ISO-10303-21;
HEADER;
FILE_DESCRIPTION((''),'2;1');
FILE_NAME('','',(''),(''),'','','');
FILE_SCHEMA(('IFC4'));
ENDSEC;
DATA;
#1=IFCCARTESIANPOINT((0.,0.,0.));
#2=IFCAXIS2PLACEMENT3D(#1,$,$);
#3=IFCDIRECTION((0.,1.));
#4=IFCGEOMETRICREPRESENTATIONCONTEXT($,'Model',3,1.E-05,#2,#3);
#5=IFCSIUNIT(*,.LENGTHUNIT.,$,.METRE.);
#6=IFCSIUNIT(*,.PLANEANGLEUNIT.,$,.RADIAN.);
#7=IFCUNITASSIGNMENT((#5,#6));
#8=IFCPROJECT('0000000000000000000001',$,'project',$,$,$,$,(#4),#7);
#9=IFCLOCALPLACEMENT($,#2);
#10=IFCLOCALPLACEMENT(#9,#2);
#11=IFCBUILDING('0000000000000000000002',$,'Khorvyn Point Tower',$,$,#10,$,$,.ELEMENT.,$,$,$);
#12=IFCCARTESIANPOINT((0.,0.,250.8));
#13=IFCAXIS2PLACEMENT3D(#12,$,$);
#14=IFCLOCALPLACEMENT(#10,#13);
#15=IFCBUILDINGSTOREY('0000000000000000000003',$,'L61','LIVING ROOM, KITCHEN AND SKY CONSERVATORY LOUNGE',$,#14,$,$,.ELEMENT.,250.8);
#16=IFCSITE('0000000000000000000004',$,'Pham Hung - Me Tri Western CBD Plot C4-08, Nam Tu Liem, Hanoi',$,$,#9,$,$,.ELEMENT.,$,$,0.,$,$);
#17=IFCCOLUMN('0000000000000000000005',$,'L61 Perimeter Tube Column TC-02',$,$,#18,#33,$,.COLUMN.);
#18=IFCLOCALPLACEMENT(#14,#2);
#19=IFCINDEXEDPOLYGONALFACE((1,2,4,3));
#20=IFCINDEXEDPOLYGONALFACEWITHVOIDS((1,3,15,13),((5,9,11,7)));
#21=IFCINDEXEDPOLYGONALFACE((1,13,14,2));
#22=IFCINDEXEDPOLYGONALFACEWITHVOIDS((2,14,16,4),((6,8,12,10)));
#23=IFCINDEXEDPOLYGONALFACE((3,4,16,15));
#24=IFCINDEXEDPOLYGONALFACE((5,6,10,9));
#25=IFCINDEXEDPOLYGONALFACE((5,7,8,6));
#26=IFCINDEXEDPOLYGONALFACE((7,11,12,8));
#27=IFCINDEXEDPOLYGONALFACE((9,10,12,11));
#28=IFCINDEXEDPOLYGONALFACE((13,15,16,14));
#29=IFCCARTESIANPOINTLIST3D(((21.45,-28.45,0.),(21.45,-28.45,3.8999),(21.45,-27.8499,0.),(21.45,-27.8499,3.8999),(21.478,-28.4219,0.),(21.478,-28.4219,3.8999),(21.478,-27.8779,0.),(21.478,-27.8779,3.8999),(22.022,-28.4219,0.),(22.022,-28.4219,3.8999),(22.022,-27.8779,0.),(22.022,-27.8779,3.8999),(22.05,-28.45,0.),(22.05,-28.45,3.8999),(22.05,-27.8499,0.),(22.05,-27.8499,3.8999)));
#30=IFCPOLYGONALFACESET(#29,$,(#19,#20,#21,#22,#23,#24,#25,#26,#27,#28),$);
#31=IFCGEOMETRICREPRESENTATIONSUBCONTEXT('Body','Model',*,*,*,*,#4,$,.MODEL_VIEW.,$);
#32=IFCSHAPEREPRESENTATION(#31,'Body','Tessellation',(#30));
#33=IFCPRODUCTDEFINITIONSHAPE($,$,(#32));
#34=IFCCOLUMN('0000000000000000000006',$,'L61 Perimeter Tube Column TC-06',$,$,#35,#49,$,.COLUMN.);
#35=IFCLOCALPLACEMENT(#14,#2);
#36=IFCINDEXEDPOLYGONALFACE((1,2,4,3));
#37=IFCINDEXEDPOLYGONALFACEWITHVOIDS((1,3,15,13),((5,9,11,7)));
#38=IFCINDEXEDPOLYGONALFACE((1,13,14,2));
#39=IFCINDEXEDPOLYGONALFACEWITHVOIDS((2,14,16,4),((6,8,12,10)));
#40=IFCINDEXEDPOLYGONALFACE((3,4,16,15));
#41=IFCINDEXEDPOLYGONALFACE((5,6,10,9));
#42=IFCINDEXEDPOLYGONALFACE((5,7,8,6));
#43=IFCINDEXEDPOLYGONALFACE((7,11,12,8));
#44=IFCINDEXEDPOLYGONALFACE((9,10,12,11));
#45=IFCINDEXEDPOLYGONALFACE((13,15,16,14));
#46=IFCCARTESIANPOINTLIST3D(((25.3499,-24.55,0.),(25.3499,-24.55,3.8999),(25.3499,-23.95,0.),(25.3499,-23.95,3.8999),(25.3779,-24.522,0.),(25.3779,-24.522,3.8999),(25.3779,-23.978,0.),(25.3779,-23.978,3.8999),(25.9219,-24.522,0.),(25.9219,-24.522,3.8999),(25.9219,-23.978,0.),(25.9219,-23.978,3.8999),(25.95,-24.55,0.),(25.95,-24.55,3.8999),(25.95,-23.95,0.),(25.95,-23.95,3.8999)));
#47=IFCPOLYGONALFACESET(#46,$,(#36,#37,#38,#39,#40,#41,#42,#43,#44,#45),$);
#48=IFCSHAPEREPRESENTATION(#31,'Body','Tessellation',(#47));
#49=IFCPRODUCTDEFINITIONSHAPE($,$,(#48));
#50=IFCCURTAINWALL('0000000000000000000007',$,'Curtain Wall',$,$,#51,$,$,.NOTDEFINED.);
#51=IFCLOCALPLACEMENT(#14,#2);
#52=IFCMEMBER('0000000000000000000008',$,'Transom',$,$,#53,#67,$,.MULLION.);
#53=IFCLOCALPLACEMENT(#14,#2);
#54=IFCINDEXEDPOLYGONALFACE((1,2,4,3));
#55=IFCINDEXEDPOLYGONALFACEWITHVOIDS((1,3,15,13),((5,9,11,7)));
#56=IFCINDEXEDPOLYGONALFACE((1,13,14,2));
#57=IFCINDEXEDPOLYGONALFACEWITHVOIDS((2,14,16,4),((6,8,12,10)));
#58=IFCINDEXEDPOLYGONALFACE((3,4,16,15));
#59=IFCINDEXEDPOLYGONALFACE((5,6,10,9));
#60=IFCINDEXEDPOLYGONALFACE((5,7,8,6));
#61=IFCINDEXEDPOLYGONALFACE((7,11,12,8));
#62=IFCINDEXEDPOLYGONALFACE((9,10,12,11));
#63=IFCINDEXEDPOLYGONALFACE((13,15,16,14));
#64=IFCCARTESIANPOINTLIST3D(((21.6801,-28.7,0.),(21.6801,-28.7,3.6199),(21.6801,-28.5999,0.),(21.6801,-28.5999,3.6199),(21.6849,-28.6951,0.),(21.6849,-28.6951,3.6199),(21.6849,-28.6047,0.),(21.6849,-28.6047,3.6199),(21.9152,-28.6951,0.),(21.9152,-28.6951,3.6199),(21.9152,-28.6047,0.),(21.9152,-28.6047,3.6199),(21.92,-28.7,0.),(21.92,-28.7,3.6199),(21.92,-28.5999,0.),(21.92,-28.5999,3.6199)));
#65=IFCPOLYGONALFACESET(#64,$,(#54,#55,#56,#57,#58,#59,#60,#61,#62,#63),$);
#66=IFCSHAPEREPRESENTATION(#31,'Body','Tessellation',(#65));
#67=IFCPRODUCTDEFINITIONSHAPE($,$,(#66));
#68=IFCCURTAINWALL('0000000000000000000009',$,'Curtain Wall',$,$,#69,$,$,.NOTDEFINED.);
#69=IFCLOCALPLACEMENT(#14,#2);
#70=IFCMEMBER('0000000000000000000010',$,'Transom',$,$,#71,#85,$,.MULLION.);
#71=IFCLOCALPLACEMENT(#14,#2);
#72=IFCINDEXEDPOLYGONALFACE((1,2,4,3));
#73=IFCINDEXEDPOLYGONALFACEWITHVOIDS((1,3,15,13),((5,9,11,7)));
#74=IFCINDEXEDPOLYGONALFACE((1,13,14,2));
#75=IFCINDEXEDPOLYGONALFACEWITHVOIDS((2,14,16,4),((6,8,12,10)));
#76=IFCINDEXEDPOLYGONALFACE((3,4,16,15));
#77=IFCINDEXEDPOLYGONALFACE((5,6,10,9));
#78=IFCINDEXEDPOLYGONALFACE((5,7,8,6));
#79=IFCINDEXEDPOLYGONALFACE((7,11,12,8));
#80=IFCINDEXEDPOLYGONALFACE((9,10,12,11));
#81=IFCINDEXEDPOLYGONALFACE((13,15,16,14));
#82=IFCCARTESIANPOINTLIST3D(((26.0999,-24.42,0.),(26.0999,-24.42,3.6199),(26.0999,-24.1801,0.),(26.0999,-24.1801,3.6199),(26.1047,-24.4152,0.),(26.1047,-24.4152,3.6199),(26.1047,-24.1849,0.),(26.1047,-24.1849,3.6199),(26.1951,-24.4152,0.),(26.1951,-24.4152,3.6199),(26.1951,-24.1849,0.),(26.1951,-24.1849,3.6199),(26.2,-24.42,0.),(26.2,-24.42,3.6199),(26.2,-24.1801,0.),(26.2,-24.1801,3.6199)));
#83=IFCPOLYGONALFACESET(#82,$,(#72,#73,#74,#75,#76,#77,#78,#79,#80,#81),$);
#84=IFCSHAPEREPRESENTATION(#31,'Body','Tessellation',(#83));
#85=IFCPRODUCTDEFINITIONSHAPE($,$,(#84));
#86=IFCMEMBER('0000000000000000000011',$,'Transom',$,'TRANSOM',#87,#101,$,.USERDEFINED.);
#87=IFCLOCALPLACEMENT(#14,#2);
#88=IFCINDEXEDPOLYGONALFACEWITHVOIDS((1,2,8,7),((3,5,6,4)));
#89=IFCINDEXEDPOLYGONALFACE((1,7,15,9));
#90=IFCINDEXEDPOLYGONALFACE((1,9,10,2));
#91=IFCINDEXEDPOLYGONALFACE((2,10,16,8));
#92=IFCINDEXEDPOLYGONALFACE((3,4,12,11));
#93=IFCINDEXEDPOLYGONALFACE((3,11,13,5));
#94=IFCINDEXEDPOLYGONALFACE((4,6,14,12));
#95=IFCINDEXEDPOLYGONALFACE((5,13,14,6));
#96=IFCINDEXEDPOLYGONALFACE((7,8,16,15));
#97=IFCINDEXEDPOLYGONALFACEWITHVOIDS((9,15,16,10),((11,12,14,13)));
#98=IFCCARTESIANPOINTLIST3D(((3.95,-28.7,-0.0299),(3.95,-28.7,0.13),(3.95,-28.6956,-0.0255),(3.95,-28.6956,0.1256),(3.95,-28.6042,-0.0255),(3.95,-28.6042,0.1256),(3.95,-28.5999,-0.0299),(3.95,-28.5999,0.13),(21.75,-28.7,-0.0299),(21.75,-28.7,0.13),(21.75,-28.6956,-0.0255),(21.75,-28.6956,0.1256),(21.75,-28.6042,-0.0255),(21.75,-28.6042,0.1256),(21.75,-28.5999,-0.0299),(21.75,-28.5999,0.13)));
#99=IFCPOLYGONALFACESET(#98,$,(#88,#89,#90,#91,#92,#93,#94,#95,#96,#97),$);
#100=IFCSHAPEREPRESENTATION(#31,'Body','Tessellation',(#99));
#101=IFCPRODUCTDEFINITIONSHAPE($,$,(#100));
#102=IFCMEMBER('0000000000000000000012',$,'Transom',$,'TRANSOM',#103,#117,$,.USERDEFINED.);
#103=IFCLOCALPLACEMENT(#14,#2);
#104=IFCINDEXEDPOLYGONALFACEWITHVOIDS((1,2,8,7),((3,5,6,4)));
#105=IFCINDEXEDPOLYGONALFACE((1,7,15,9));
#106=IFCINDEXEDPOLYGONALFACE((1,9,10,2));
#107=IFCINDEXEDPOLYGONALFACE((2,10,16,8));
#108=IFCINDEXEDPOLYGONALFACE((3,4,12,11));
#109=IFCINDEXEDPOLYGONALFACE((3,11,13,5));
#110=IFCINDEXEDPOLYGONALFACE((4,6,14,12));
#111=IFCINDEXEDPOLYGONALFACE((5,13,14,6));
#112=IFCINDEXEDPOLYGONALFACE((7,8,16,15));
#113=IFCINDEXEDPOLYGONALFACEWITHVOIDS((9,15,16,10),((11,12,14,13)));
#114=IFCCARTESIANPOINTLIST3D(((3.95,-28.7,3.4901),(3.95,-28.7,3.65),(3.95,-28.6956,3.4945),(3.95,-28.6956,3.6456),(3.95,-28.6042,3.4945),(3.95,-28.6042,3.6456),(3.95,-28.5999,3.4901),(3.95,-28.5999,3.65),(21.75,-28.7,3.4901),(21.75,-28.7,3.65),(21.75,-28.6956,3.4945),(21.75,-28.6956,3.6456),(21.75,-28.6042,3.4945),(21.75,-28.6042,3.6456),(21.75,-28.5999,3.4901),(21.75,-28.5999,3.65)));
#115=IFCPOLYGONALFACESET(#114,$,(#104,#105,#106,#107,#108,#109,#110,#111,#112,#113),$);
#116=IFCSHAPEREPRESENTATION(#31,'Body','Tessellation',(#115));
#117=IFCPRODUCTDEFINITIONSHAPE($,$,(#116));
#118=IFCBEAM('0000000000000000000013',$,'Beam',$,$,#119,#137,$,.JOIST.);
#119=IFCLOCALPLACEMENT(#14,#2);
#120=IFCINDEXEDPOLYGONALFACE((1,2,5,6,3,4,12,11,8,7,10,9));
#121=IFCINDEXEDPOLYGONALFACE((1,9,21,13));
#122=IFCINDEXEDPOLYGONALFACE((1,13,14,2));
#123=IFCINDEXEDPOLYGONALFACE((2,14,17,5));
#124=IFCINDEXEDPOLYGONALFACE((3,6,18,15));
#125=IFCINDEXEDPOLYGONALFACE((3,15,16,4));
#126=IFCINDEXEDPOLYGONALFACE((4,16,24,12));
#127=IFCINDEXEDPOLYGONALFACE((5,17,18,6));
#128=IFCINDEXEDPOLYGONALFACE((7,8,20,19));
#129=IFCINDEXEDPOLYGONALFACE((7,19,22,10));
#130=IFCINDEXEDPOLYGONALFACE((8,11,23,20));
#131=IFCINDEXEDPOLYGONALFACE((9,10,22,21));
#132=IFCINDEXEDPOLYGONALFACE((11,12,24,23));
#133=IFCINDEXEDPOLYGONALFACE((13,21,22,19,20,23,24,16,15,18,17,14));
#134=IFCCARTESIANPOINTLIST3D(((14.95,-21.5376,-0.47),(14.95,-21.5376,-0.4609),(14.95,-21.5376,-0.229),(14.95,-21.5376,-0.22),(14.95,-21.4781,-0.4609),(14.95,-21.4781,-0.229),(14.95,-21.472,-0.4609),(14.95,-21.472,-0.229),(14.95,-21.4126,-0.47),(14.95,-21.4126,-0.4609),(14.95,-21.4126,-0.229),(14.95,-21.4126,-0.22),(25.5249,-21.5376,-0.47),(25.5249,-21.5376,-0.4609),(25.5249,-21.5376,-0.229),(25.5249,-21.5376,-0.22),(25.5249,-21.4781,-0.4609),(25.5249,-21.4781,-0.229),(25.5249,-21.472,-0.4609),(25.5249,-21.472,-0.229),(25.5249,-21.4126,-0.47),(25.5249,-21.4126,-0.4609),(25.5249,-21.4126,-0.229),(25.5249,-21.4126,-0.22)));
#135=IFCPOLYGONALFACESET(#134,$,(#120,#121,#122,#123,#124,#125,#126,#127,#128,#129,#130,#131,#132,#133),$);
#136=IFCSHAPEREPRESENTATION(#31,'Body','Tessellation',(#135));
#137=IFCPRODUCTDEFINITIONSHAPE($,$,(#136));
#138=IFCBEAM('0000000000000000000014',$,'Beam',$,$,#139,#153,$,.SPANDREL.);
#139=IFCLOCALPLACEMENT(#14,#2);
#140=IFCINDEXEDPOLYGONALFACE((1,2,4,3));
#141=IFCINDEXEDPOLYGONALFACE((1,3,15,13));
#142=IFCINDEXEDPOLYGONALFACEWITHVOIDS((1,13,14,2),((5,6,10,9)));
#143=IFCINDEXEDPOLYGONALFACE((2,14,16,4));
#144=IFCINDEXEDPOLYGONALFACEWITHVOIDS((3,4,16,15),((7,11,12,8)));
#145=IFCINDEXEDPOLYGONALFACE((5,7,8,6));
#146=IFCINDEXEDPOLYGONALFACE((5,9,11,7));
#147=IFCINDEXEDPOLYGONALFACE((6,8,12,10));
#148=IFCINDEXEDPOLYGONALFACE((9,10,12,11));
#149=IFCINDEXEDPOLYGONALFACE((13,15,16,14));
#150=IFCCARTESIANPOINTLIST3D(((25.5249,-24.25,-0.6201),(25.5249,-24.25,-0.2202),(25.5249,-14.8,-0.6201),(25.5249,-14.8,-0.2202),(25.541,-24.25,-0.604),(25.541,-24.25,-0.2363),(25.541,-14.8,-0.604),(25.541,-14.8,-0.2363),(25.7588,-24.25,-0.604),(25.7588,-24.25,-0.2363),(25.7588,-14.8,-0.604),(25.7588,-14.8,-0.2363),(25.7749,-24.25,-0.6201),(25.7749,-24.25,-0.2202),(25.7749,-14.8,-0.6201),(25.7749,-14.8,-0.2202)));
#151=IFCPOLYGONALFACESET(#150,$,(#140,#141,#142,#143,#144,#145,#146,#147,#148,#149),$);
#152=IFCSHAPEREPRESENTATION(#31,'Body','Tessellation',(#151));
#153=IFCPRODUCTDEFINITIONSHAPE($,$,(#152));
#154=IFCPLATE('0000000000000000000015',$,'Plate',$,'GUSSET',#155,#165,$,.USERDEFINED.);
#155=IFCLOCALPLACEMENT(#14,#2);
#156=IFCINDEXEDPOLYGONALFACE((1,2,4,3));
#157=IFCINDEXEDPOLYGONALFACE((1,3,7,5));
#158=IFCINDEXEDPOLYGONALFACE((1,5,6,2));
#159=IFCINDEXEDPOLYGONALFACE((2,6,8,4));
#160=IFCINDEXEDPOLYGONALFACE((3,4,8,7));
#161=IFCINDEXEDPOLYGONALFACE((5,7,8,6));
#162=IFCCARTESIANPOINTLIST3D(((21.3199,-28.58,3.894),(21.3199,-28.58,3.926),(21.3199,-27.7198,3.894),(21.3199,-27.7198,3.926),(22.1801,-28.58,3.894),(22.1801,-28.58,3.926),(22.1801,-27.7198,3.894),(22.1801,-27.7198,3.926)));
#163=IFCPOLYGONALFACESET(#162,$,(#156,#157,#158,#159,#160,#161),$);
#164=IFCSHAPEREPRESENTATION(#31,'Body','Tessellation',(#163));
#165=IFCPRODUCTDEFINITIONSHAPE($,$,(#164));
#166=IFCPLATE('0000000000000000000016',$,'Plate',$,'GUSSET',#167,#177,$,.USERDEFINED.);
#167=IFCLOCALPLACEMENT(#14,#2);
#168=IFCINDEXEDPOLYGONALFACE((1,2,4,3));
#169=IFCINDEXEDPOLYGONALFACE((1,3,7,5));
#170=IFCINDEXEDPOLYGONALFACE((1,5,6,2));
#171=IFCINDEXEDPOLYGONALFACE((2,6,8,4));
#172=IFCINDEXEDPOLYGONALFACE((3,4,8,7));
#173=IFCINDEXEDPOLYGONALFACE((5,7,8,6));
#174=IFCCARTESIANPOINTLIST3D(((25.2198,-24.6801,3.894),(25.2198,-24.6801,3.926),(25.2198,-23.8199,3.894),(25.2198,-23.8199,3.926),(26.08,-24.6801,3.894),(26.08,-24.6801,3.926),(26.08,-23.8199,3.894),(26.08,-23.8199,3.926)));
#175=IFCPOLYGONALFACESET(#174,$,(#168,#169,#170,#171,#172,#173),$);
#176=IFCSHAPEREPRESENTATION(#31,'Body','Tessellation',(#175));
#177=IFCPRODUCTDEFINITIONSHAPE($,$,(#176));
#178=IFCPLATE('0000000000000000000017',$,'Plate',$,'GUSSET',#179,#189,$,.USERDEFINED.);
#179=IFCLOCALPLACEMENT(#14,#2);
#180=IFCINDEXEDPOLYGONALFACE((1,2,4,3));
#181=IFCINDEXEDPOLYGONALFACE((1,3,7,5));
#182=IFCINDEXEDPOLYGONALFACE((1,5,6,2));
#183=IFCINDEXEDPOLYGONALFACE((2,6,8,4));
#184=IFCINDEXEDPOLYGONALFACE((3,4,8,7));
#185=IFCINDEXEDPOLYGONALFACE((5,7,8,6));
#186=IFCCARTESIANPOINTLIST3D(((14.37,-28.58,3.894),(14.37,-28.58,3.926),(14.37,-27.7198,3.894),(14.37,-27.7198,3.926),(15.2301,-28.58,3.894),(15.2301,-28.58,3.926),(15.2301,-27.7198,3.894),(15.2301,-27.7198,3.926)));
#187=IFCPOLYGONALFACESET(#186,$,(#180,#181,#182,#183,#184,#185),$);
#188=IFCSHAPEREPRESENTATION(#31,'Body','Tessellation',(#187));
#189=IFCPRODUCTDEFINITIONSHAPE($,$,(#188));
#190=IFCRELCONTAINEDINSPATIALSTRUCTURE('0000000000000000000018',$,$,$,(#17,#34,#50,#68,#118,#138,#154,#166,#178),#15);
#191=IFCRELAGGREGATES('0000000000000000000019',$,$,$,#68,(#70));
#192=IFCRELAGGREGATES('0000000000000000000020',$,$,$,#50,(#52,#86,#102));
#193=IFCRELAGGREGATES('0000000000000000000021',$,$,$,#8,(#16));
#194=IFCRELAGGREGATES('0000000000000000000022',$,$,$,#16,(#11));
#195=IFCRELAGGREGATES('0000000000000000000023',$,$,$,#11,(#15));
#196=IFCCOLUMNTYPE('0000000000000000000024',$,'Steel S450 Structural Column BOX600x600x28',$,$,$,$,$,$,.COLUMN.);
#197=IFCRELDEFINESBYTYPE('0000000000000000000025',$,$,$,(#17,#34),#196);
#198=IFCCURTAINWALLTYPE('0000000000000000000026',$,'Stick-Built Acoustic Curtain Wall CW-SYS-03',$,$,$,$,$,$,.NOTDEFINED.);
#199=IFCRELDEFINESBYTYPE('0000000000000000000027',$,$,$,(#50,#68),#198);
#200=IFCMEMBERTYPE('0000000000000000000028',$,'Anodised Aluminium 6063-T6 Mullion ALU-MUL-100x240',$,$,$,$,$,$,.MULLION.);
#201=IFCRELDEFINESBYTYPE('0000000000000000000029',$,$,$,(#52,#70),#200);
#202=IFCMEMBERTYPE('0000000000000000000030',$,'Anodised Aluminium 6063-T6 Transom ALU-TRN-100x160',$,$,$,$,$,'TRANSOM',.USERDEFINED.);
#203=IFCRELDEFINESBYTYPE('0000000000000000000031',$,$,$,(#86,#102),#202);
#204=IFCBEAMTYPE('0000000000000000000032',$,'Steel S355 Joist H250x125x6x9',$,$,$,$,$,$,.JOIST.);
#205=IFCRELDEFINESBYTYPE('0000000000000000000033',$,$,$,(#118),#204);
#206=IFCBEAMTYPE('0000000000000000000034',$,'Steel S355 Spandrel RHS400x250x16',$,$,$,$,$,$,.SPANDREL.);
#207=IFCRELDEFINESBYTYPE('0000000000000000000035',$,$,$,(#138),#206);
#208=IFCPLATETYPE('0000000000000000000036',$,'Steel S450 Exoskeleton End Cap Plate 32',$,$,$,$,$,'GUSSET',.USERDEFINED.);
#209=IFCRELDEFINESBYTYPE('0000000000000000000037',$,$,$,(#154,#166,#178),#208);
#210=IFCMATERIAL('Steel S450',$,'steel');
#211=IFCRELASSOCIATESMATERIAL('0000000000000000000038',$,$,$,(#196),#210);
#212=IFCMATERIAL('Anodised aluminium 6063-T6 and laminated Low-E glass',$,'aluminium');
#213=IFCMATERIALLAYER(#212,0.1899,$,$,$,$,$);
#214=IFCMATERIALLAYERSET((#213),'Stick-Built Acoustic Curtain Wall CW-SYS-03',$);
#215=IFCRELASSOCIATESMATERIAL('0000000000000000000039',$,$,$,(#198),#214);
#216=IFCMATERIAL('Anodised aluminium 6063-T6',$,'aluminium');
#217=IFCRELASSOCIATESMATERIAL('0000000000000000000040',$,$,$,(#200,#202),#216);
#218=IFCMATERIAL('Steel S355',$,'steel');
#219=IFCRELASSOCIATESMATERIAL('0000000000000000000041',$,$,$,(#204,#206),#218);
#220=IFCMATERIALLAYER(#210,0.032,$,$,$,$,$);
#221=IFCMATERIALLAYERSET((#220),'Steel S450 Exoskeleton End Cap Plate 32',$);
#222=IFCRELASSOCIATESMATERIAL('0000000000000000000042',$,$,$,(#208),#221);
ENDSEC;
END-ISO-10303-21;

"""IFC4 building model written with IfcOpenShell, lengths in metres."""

from ifc_helpers import new_model, si_unit, direction, frame, origin, origin_2d, place, context, subcontext, project, spatial, rectangle, hollow_rectangle, i_section, extrude, material, layer, layer_set, material_profile, profile_set, type_object, element, aggregate, save


model = new_model("IFC4")

# Units and contexts
model_context = context("Model", 3, precision=1e-05, world=origin(), true_north=direction((0.0, 1.0)))
body_context = subcontext(model_context, "Body", "Model", "MODEL_VIEW")
ifc_project = project(units=[si_unit("LENGTHUNIT", "METRE"), si_unit("PLANEANGLEUNIT", "RADIAN")], contexts=[model_context])

# Site, building, storey
site_placement = place(None, origin())
site = spatial("IfcSite", under=ifc_project, at=site_placement, Name="Pham Hung - Me Tri Western CBD Plot C4-08, Nam Tu Liem, Hanoi", CompositionType="ELEMENT", RefElevation=0.0)
building_placement = place(site_placement, origin())
building = spatial("IfcBuilding", under=site, at=building_placement, Name="Khorvyn Point Tower", CompositionType="ELEMENT")
storey_placement = place(building_placement, frame((0.0, 0.0, 250.8)))
storey = spatial("IfcBuildingStorey", under=building, at=storey_placement, Name="L61", Description="LIVING ROOM, KITCHEN AND SKY CONSERVATORY LOUNGE", CompositionType="ELEMENT", Elevation=250.8)

# Columns
ifc_material_1 = material(Name="Steel S450", Category="steel")
ifc_material_profile_1 = material_profile(ifc_material_1, hollow_rectangle(XDim=0.6001, YDim=0.6001, WallThickness=0.0281, at=origin_2d()))
ifc_profile_set_1 = profile_set([ifc_material_profile_1], Name="Steel S450 BOX600x600x28")
column_type = type_object("IfcColumnType", Name="Steel S450 Structural Column BOX600x600x28", PredefinedType="COLUMN", material=ifc_profile_set_1)
for number, where, z_axis, x_axis, name in (
    (1, (21.75, -28.1499, 0.0), (0.0, 0.0, 1.0), (1.0, 0.0, 0.0), "L61 Perimeter Tube Column TC-02"),
    (2, (25.6499, -24.25, 0.0), (0.0, 0.0, 1.0), (1.0, 0.0, 0.0), "L61 Perimeter Tube Column TC-06"),
):
    element("IfcColumn", number, at=place(storey_placement, frame(where, z_axis=z_axis, x_axis=x_axis)), inside=storey, type_object=column_type, Name=name, PredefinedType="COLUMN", context=body_context, shape_type="SweptSolid", body=[
        extrude(hollow_rectangle(XDim=0.6001, YDim=0.6001, WallThickness=0.0281, at=origin_2d()), origin(), (0.0, 0.0, 1.0), 3.8999),
    ])

# Curtain walls, members
ifc_material_2 = material(Name="Anodised aluminium 6063-T6 and laminated Low-E glass", Category="aluminium")
ifc_layer_1 = layer(ifc_material_2, 0.1899)
ifc_layer_set_1 = layer_set([ifc_layer_1], Name="Stick-Built Acoustic Curtain Wall CW-SYS-03")
curtain_wall_type = type_object("IfcCurtainWallType", Name="Stick-Built Acoustic Curtain Wall CW-SYS-03", PredefinedType="NOTDEFINED", material=ifc_layer_set_1)
curtain_wall_1_placement = place(storey_placement, origin())
curtain_wall_1 = element("IfcCurtainWall", 3, at=curtain_wall_1_placement, inside=storey, type_object=curtain_wall_type, Name="Curtain Wall", PredefinedType="NOTDEFINED")
ifc_material_3 = material(Name="Anodised aluminium 6063-T6", Category="aluminium")
ifc_material_profile_2 = material_profile(ifc_material_3, hollow_rectangle(XDim=0.1001, YDim=0.24, WallThickness=0.0049, at=origin_2d()))
ifc_profile_set_2 = profile_set([ifc_material_profile_2], Name="Anodised aluminium 6063-T6 ALU-MUL-100x240")
member_type_1 = type_object("IfcMemberType", Name="Anodised Aluminium 6063-T6 Mullion ALU-MUL-100x240", PredefinedType="MULLION", material=ifc_profile_set_2)
member_1_placement = place(storey_placement, frame((21.8, -28.6499, 0.0), z_axis=(0.0, 0.0, 1.0), x_axis=(0.0, -1.0, 0.0)))
member_1 = element("IfcMember", 4, at=member_1_placement, type_object=member_type_1, Name="Transom", PredefinedType="MULLION", context=body_context, shape_type="SweptSolid", body=[
    extrude(hollow_rectangle(XDim=0.1001, YDim=0.24, WallThickness=0.0049, at=origin_2d()), origin(), (0.0, 0.0, 1.0), 3.6199),
])
curtain_wall_2_placement = place(storey_placement, origin())
curtain_wall_2 = element("IfcCurtainWall", 5, at=curtain_wall_2_placement, inside=storey, type_object=curtain_wall_type, Name="Curtain Wall", PredefinedType="NOTDEFINED")
member_2_placement = place(storey_placement, frame((26.1499, -24.3, 0.0), z_axis=(0.0, 0.0, 1.0), x_axis=(1.0, 0.0, 0.0)))
member_2 = element("IfcMember", 6, at=member_2_placement, type_object=member_type_1, Name="Transom", PredefinedType="MULLION", context=body_context, shape_type="SweptSolid", body=[
    extrude(hollow_rectangle(XDim=0.1001, YDim=0.24, WallThickness=0.0049, at=origin_2d()), origin(), (0.0, 0.0, 1.0), 3.6199),
])
aggregate(curtain_wall_2, [member_2])

# Members
ifc_material_profile_3 = material_profile(ifc_material_3, hollow_rectangle(XDim=0.1001, YDim=0.1599, WallThickness=0.0044, at=origin_2d()))
ifc_profile_set_3 = profile_set([ifc_material_profile_3], Name="Anodised aluminium 6063-T6 ALU-TRN-100x160")
member_type_2 = type_object("IfcMemberType", Name="Anodised Aluminium 6063-T6 Transom ALU-TRN-100x160", ElementType="TRANSOM", PredefinedType="USERDEFINED", material=ifc_profile_set_3)
member_3_placement = place(storey_placement, frame((21.75, -28.6499, 0.05), z_axis=(-1.0, 0.0, 0.0), x_axis=(0.0, -1.0, 0.0)))
member_3 = element("IfcMember", 7, at=member_3_placement, type_object=member_type_2, Name="Transom", ObjectType="TRANSOM", PredefinedType="USERDEFINED", context=body_context, shape_type="SweptSolid", body=[
    extrude(hollow_rectangle(XDim=0.1001, YDim=0.1599, WallThickness=0.0044, at=origin_2d()), origin(), (0.0, 0.0, 1.0), 17.8),
])
member_4_placement = place(storey_placement, frame((21.75, -28.6499, 3.5701), z_axis=(-1.0, 0.0, 0.0), x_axis=(0.0, -1.0, 0.0)))
member_4 = element("IfcMember", 8, at=member_4_placement, type_object=member_type_2, Name="Transom", ObjectType="TRANSOM", PredefinedType="USERDEFINED", context=body_context, shape_type="SweptSolid", body=[
    extrude(hollow_rectangle(XDim=0.1001, YDim=0.1599, WallThickness=0.0044, at=origin_2d()), origin(), (0.0, 0.0, 1.0), 17.8),
])

# Beams
ifc_material_4 = material(Name="Steel S355", Category="steel")
ifc_material_profile_4 = material_profile(ifc_material_4, i_section(OverallWidth=0.125, OverallDepth=0.25, WebThickness=0.0061, FlangeThickness=0.009, at=origin_2d()))
ifc_profile_set_4 = profile_set([ifc_material_profile_4], Name="Steel S355 H250x125x6x9")
beam_type_1 = type_object("IfcBeamType", Name="Steel S355 Joist H250x125x6x9", PredefinedType="JOIST", material=ifc_profile_set_4)
beam_1_placement = place(storey_placement, frame((14.95, -21.4751, -0.345), z_axis=(1.0, 0.0, 0.0), x_axis=(0.0, 1.0, 0.0)))
element("IfcBeam", 9, at=beam_1_placement, inside=storey, type_object=beam_type_1, Name="Beam", PredefinedType="JOIST", context=body_context, shape_type="SweptSolid", body=[
    extrude(i_section(OverallWidth=0.125, OverallDepth=0.25, WebThickness=0.0061, FlangeThickness=0.009, at=origin_2d()), origin(), (0.0, 0.0, 1.0), 10.575),
])
ifc_material_profile_5 = material_profile(ifc_material_4, hollow_rectangle(XDim=0.25, YDim=0.3999, WallThickness=0.0161, at=origin_2d()))
ifc_profile_set_5 = profile_set([ifc_material_profile_5], Name="Steel S355 RHS400x250x16")
beam_type_2 = type_object("IfcBeamType", Name="Steel S355 Spandrel RHS400x250x16", PredefinedType="SPANDREL", material=ifc_profile_set_5)
beam_2_placement = place(storey_placement, frame((25.6499, -24.25, -0.4202), z_axis=(0.0, 1.0, 0.0), x_axis=(-1.0, 0.0, 0.0)))
element("IfcBeam", 10, at=beam_2_placement, inside=storey, type_object=beam_type_2, Name="Beam", PredefinedType="SPANDREL", context=body_context, shape_type="SweptSolid", body=[
    extrude(hollow_rectangle(XDim=0.25, YDim=0.3999, WallThickness=0.0161, at=origin_2d()), origin(), (0.0, 0.0, 1.0), 9.45),
])

# Plates
ifc_layer_2 = layer(ifc_material_1, 0.032)
ifc_layer_set_2 = layer_set([ifc_layer_2], Name="Steel S450 Exoskeleton End Cap Plate 32")
plate_type_1 = type_object("IfcPlateType", Name="Steel S450 Exoskeleton End Cap Plate 32", ElementType="GUSSET", PredefinedType="USERDEFINED", material=ifc_layer_set_2)
for number, where, z_axis, x_axis, name in (
    (11, (21.75, -28.1499, 3.894), (0.0, 0.0, 1.0), (1.0, 0.0, 0.0), "Plate"),
    (12, (25.6499, -24.25, 3.894), (0.0, 0.0, 1.0), (1.0, 0.0, 0.0), "Plate"),
    (13, (14.8, -28.1499, 3.894), (0.0, 0.0, 1.0), (1.0, 0.0, 0.0), "Plate"),
):
    element("IfcPlate", number, at=place(storey_placement, frame(where, z_axis=z_axis, x_axis=x_axis)), inside=storey, type_object=plate_type_1, Name=name, ObjectType="GUSSET", PredefinedType="USERDEFINED", context=body_context, shape_type="SweptSolid", body=[
        extrude(rectangle(XDim=0.8601, YDim=0.8601, at=origin_2d()), origin(), (0.0, 0.0, 1.0), 0.032),
    ])

aggregate(curtain_wall_1, [member_1, member_3, member_4])

save(model, "model.ifc")
